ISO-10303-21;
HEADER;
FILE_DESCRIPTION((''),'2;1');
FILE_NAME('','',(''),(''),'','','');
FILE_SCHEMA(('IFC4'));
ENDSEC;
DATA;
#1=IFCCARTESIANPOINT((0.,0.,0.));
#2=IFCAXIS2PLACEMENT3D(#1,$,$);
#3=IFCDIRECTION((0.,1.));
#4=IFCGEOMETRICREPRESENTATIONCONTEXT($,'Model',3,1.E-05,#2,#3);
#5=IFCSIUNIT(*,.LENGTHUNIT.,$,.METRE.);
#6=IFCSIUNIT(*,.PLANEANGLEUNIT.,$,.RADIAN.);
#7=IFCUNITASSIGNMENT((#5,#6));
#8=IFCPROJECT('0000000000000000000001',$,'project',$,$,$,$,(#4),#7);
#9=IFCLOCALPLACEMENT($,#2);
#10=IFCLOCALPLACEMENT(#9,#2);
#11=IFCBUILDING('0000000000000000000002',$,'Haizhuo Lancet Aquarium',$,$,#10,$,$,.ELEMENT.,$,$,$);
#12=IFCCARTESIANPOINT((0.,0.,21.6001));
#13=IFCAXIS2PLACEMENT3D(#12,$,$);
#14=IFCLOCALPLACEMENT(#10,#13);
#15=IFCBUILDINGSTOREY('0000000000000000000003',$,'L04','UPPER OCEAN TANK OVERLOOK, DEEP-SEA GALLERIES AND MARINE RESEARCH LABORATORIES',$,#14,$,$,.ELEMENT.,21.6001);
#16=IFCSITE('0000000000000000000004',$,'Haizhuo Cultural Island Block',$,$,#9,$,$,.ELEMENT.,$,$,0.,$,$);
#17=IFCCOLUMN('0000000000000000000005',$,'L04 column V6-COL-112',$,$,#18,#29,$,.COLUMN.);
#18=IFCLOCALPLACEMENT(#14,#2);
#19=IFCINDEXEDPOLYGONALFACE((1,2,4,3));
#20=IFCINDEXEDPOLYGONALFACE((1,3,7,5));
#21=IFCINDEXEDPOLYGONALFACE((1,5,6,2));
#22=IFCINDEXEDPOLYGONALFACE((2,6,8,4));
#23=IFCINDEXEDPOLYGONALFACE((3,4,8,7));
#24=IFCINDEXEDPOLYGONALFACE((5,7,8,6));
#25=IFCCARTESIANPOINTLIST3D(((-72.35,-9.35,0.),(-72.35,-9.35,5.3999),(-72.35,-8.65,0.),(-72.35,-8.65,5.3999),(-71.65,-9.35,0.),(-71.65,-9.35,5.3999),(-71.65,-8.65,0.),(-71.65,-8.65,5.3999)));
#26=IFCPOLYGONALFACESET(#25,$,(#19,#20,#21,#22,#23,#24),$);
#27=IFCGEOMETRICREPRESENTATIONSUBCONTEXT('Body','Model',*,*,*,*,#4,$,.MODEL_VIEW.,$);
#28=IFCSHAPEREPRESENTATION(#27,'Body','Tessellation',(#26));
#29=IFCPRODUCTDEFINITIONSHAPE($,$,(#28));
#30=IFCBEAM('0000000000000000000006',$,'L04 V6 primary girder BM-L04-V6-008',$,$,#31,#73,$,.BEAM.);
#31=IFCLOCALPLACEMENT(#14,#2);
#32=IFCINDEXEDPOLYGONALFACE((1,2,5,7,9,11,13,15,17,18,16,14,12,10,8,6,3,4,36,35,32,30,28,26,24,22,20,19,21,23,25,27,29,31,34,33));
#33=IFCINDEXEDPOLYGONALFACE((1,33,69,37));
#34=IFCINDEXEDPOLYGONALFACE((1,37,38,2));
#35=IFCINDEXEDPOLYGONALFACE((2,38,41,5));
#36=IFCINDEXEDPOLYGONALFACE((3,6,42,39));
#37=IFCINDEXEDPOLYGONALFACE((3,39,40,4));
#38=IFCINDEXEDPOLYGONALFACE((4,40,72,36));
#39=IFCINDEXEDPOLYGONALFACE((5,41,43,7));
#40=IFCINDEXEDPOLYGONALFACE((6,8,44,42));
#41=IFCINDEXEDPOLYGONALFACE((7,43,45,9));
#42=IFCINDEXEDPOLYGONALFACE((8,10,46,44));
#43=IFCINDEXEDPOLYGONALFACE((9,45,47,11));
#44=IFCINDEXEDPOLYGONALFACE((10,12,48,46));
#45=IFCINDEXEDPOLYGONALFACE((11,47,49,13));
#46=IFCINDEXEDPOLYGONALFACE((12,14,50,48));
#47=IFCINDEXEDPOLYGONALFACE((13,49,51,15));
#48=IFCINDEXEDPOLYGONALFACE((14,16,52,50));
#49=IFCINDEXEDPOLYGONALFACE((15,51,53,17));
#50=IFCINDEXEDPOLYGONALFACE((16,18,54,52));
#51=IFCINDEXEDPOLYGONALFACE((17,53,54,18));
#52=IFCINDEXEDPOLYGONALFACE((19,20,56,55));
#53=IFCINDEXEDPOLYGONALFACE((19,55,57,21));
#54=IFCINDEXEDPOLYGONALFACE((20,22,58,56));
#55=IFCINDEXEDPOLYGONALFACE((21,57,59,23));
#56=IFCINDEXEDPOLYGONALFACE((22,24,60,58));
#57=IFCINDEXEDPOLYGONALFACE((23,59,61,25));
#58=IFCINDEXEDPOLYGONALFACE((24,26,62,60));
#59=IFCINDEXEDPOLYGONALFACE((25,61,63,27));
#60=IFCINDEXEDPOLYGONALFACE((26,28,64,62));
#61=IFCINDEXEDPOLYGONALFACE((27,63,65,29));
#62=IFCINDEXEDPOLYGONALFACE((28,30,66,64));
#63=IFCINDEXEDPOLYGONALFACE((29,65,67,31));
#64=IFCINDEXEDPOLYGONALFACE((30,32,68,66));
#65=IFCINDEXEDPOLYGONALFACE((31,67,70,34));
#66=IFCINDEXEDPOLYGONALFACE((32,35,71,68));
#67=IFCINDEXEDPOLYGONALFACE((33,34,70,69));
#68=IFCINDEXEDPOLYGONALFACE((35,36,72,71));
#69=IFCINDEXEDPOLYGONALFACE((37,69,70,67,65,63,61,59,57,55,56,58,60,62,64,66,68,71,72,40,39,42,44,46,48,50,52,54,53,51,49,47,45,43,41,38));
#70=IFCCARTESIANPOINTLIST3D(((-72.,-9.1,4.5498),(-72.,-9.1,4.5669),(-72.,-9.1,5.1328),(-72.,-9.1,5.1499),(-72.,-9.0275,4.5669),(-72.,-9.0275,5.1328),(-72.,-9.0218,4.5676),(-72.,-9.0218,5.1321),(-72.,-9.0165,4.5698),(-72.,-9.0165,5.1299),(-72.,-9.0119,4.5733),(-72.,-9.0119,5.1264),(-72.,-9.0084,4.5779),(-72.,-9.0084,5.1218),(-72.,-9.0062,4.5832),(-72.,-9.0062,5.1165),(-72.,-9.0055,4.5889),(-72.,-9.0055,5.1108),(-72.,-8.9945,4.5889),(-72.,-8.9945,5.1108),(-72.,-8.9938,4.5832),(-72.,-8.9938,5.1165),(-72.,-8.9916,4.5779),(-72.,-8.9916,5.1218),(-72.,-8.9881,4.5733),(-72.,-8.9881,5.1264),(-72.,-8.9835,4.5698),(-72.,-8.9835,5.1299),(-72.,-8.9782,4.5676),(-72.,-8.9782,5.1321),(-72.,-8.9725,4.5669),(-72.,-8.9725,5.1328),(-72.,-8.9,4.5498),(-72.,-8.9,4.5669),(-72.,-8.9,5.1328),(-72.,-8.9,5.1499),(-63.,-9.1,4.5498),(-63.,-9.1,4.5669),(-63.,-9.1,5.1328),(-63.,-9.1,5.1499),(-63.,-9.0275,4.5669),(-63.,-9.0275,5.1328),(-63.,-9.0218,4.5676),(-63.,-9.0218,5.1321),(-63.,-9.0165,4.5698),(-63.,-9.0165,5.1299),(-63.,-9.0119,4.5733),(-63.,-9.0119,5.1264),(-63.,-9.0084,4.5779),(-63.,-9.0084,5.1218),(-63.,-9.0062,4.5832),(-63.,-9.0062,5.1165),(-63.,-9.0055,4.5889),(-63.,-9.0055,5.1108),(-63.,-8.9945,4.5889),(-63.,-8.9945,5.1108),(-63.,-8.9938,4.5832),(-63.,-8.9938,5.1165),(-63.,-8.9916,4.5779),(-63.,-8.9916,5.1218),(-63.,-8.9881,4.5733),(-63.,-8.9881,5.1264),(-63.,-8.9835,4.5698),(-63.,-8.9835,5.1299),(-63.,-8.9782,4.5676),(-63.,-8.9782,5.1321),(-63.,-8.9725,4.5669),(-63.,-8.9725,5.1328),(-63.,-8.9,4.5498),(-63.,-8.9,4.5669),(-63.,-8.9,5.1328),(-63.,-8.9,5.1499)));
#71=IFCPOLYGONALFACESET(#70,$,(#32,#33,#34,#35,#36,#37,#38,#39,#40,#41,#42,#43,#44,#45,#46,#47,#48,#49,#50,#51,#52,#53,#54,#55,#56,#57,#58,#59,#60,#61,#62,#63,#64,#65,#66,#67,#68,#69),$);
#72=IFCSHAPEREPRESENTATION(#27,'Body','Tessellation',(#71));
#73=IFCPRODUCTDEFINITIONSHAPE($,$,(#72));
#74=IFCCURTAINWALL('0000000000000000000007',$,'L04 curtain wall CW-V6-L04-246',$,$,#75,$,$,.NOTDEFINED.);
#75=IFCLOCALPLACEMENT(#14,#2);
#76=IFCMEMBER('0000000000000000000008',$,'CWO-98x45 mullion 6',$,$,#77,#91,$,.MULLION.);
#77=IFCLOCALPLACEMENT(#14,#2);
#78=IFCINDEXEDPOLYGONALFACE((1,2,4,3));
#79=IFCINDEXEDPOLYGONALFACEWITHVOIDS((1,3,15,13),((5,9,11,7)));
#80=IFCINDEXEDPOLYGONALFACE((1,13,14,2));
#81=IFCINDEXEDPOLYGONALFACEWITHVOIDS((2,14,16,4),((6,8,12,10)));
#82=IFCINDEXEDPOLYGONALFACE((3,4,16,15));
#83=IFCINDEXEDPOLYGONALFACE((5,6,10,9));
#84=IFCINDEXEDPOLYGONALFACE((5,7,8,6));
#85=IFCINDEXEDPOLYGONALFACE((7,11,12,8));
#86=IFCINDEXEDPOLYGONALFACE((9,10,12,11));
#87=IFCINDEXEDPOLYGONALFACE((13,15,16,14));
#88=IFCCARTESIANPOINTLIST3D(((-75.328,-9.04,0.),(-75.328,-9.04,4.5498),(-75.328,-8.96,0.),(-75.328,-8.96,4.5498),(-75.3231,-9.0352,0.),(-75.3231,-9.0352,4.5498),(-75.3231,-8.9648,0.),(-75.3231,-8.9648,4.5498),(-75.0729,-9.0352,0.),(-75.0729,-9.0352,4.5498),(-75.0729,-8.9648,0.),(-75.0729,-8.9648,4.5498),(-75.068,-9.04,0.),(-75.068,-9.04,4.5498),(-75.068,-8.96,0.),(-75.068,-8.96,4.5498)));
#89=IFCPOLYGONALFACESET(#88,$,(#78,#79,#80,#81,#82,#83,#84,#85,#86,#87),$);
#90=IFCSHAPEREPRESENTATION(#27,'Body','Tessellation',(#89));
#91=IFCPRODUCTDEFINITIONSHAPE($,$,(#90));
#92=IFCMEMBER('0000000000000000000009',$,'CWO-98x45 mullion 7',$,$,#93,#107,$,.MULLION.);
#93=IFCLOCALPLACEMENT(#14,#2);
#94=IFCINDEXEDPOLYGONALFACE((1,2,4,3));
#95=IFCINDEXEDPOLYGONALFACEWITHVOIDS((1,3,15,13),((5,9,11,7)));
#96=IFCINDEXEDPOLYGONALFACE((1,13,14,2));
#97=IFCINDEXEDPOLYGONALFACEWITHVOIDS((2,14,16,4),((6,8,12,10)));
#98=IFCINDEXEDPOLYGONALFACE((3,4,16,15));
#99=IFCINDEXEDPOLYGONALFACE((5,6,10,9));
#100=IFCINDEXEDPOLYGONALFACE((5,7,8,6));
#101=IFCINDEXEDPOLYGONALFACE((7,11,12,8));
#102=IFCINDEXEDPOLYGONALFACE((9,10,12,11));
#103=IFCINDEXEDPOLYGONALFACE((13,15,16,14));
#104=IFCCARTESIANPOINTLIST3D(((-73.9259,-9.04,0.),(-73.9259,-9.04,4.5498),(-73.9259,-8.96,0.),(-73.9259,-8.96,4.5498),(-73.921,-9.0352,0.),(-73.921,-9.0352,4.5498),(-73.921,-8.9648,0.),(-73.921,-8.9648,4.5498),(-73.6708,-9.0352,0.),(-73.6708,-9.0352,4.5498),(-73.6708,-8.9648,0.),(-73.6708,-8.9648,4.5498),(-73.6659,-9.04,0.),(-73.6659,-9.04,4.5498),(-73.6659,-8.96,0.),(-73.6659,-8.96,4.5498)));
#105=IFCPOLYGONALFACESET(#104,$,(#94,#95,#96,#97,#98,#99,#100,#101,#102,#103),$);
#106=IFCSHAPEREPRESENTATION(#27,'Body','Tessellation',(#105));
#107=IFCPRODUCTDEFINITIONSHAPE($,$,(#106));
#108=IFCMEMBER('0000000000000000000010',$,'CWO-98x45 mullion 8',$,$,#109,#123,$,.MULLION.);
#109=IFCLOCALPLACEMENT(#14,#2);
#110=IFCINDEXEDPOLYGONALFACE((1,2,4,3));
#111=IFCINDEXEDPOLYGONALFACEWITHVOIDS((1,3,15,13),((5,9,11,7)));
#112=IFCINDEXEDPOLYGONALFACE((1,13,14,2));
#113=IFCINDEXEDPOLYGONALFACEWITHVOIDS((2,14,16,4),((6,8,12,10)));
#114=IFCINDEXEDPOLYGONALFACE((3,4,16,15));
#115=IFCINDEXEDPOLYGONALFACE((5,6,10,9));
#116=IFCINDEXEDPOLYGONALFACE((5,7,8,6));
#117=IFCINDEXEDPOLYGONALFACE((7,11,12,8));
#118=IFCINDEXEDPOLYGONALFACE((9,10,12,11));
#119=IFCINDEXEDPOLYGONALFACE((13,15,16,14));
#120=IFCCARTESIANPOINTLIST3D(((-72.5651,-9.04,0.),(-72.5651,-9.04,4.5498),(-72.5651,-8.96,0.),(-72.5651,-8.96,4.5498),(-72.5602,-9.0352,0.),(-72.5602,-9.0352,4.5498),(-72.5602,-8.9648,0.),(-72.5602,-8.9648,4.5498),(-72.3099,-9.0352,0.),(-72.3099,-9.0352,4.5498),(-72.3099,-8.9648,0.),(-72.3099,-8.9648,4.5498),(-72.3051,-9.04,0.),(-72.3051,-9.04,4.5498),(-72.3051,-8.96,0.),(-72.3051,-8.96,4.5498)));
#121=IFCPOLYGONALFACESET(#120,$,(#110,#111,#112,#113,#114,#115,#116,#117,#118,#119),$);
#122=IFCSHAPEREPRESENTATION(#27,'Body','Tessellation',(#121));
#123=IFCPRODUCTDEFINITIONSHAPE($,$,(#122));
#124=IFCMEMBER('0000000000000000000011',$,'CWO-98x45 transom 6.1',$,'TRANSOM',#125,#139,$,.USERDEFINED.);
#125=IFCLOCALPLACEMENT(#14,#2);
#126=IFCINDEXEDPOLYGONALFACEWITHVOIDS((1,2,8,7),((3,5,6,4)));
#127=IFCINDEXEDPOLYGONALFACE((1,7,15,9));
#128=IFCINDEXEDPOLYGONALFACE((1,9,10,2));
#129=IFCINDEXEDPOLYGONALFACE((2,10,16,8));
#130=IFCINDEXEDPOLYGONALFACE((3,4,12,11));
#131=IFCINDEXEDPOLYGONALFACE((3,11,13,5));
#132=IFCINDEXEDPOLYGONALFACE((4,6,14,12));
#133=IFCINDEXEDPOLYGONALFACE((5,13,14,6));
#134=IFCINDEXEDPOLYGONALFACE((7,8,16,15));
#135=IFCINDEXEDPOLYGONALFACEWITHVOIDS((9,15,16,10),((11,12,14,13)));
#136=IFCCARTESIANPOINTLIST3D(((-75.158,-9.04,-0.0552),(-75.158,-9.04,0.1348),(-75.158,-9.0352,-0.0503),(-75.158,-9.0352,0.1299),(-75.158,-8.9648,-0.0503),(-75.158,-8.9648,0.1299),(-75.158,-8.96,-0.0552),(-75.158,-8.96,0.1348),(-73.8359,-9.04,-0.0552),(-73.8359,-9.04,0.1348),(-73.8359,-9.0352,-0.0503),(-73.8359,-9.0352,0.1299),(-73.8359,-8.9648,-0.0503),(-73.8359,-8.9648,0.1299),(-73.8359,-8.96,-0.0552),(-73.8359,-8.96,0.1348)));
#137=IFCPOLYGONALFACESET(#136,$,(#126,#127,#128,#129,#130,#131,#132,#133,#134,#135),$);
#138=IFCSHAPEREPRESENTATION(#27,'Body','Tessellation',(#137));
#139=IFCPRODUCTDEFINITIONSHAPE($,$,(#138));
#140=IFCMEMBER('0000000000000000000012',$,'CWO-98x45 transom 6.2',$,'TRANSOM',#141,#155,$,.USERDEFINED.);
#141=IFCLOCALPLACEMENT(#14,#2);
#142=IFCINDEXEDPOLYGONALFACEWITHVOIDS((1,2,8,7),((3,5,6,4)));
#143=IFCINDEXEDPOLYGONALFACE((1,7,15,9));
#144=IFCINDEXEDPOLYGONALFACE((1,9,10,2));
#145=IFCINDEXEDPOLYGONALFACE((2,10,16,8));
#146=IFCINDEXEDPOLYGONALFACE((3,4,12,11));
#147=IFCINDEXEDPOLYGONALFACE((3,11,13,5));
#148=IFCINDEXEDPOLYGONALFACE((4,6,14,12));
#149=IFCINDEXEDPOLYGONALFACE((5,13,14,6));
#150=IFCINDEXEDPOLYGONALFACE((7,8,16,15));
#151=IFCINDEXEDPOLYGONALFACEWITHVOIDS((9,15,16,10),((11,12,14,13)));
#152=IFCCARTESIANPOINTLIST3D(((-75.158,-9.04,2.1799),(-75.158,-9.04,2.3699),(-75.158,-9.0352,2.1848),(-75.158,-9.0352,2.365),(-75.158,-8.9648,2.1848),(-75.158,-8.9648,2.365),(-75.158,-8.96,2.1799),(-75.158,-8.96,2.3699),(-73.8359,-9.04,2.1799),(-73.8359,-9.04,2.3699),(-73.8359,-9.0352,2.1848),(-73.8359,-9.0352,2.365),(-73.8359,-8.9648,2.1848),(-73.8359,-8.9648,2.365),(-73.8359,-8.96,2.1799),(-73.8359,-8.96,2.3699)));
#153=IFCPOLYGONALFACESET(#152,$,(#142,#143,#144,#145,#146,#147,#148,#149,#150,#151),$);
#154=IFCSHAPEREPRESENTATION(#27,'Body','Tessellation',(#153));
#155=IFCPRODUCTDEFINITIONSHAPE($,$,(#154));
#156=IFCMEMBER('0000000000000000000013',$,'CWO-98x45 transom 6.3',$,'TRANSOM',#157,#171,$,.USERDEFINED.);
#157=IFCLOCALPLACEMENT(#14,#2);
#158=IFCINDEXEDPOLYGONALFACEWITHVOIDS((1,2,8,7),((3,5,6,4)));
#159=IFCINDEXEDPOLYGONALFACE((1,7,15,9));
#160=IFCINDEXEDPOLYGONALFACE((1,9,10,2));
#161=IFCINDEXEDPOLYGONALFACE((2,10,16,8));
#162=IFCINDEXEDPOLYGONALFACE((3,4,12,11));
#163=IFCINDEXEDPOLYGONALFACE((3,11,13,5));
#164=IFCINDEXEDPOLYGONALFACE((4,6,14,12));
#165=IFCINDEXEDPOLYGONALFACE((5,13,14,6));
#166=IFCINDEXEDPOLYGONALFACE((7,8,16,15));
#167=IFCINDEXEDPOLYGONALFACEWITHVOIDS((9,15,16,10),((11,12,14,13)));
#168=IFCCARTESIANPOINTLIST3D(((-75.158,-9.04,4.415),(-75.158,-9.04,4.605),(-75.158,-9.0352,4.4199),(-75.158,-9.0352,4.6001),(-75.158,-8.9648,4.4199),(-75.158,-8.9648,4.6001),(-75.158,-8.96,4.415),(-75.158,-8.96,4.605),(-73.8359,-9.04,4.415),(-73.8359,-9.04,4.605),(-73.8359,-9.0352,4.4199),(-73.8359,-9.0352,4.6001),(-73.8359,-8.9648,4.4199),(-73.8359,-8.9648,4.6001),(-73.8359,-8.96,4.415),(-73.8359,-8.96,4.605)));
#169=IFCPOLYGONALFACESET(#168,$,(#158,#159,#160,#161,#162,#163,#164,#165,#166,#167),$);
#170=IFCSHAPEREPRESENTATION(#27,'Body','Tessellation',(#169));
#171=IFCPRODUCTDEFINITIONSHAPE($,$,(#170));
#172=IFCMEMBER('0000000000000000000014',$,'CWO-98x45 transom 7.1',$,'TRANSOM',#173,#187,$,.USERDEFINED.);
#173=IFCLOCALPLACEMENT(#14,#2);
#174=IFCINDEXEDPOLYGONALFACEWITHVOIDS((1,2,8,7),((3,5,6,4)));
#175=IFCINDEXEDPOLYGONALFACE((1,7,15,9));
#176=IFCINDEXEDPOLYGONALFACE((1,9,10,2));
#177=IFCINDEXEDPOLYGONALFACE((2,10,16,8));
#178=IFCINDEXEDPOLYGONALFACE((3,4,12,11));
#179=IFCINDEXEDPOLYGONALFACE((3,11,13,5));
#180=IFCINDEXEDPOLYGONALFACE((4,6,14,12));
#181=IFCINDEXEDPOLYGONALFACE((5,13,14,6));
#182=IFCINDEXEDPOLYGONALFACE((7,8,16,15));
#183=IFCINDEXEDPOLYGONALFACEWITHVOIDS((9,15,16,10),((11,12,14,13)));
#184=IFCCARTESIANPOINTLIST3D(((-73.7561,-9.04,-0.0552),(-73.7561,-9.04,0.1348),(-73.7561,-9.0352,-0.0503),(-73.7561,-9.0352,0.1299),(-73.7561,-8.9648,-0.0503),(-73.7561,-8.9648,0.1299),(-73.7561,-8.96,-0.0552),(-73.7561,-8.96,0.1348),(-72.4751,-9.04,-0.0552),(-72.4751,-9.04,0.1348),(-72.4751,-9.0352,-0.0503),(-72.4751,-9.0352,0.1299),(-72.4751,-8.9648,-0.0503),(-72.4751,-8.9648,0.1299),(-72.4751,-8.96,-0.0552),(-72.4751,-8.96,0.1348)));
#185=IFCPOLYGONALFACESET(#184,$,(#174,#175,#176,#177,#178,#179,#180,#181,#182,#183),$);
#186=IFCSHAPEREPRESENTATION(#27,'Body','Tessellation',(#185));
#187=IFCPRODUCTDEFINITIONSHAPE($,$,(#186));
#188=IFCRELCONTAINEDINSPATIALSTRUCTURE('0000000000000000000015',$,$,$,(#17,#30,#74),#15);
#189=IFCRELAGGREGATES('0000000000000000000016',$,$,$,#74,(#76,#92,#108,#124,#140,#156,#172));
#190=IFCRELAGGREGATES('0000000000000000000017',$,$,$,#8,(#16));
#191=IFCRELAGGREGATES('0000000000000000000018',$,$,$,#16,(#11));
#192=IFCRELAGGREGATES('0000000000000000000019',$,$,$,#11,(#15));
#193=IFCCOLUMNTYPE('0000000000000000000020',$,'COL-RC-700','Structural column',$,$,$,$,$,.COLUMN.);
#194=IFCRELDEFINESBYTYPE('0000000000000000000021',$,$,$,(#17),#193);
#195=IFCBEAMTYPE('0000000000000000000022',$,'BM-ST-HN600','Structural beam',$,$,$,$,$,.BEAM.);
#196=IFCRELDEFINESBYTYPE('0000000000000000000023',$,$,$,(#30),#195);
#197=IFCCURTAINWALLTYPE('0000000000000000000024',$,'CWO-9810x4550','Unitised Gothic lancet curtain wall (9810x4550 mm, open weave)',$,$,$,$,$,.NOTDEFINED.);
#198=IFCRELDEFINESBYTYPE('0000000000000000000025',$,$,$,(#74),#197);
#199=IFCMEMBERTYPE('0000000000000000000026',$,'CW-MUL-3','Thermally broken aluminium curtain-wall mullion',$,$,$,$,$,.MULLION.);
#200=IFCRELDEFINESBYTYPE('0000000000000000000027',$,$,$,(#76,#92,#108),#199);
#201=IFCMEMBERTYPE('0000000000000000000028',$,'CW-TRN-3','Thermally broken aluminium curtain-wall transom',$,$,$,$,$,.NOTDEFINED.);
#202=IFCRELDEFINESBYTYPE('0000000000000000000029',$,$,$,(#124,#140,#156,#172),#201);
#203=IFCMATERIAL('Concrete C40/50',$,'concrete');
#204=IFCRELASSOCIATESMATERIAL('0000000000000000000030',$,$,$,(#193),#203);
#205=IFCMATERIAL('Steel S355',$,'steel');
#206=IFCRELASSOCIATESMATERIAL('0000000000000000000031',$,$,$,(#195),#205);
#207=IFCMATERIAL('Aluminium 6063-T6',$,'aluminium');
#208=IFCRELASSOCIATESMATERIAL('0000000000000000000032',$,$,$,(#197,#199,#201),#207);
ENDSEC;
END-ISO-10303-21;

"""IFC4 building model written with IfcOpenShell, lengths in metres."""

from ifc_helpers import new_model, si_unit, direction, frame, origin, origin_2d, place, context, subcontext, project, spatial, rectangle, hollow_rectangle, i_section, extrude, material, material_profile, profile_set, type_object, element, aggregate, save


model = new_model("IFC4")

# Units and contexts
model_context = context("Model", 3, precision=1e-05, world=origin(), true_north=direction((0.0, 1.0)))
body_context = subcontext(model_context, "Body", "Model", "MODEL_VIEW")
ifc_project = project(units=[si_unit("LENGTHUNIT", "METRE"), si_unit("PLANEANGLEUNIT", "RADIAN")], contexts=[model_context])

# Site, building, storey
site_placement = place(None, origin())
site = spatial("IfcSite", under=ifc_project, at=site_placement, Name="Haizhuo Cultural Island Block", CompositionType="ELEMENT", RefElevation=0.0)
building_placement = place(site_placement, origin())
building = spatial("IfcBuilding", under=site, at=building_placement, Name="Haizhuo Lancet Aquarium", CompositionType="ELEMENT")
storey_placement = place(building_placement, frame((0.0, 0.0, 21.6001)))
storey = spatial("IfcBuildingStorey", under=building, at=storey_placement, Name="L04", Description="UPPER OCEAN TANK OVERLOOK, DEEP-SEA GALLERIES AND MARINE RESEARCH LABORATORIES", CompositionType="ELEMENT", Elevation=21.6001)

# Column
ifc_material_1 = material(Name="Concrete C40/50", Category="concrete")
ifc_material_profile_1 = material_profile(ifc_material_1, rectangle(XDim=0.7, YDim=0.7, at=origin_2d()), Name="RC-COL 700x700")
ifc_profile_set_1 = profile_set([ifc_material_profile_1], Name="Concrete C40/50")
column_type = type_object("IfcColumnType", Name="COL-RC-700", Description="Structural column", PredefinedType="COLUMN", material=ifc_profile_set_1)
column_placement = place(storey_placement, frame((-72.0, -9.0, 0.0), z_axis=(0.0, 0.0, 1.0), x_axis=(1.0, 0.0, 0.0)))
element("IfcColumn", 1, at=column_placement, inside=storey, type_object=column_type, Name="L04 column V6-COL-112", PredefinedType="COLUMN", context=body_context, shape_type="SweptSolid", body=[
    extrude(rectangle(XDim=0.7, YDim=0.7, at=origin_2d()), origin(), (0.0, 0.0, 1.0), 5.3999),
])

# Beam
ifc_material_2 = material(Name="Steel S355", Category="steel")
ifc_material_profile_2 = material_profile(ifc_material_2, i_section(OverallWidth=0.2, OverallDepth=0.6001, WebThickness=0.011, FlangeThickness=0.0171, FilletRadius=0.022, at=origin_2d()), Name="HN 600x200x11x17")
ifc_profile_set_2 = profile_set([ifc_material_profile_2], Name="Steel S355")
beam_type = type_object("IfcBeamType", Name="BM-ST-HN600", Description="Structural beam", PredefinedType="BEAM", material=ifc_profile_set_2)
beam_placement = place(storey_placement, frame((-72.0, -9.0, 4.8499), z_axis=(1.0, 0.0, 0.0), x_axis=(0.0, 1.0, 0.0)))
element("IfcBeam", 2, at=beam_placement, inside=storey, type_object=beam_type, Name="L04 V6 primary girder BM-L04-V6-008", PredefinedType="BEAM", context=body_context, shape_type="SweptSolid", body=[
    extrude(i_section(OverallWidth=0.2, OverallDepth=0.6001, WebThickness=0.011, FlangeThickness=0.0171, FilletRadius=0.022, at=origin_2d()), origin(), (0.0, 0.0, 1.0), 9.0),
])

# Curtain wall, members
ifc_material_3 = material(Name="Aluminium 6063-T6", Category="aluminium")
curtain_wall_type = type_object("IfcCurtainWallType", Name="CWO-9810x4550", Description="Unitised Gothic lancet curtain wall (9810x4550 mm, open weave)", PredefinedType="NOTDEFINED", material=ifc_material_3)
curtain_wall_placement = place(storey_placement, origin())
curtain_wall = element("IfcCurtainWall", 3, at=curtain_wall_placement, inside=storey, type_object=curtain_wall_type, Name="L04 curtain wall CW-V6-L04-246", PredefinedType="NOTDEFINED")
ifc_material_profile_3 = material_profile(ifc_material_3, hollow_rectangle(XDim=0.0801, YDim=0.26, WallThickness=0.0049, at=origin_2d()), Name="ALU-M 80x260x5")
ifc_profile_set_3 = profile_set([ifc_material_profile_3], Name="Aluminium 6063-T6")
member_type_1 = type_object("IfcMemberType", Name="CW-MUL-3", Description="Thermally broken aluminium curtain-wall mullion", PredefinedType="MULLION", material=ifc_profile_set_3)
member_1_placement = place(storey_placement, frame((-75.198, -9.0, 0.0), z_axis=(0.0, 0.0, 1.0), x_axis=(0.0, 1.0, 0.0)))
member_1 = element("IfcMember", 4, at=member_1_placement, type_object=member_type_1, Name="CWO-98x45 mullion 6", PredefinedType="MULLION", context=body_context, shape_type="SweptSolid", body=[
    extrude(hollow_rectangle(XDim=0.0801, YDim=0.26, WallThickness=0.0049, at=origin_2d()), origin(), (0.0, 0.0, 1.0), 4.5498),
])
member_2_placement = place(storey_placement, frame((-73.7959, -9.0, 0.0), z_axis=(0.0, 0.0, 1.0), x_axis=(0.0, 1.0, 0.0)))
member_2 = element("IfcMember", 5, at=member_2_placement, type_object=member_type_1, Name="CWO-98x45 mullion 7", PredefinedType="MULLION", context=body_context, shape_type="SweptSolid", body=[
    extrude(hollow_rectangle(XDim=0.0801, YDim=0.26, WallThickness=0.0049, at=origin_2d()), origin(), (0.0, 0.0, 1.0), 4.5498),
])
member_3_placement = place(storey_placement, frame((-72.4351, -9.0, 0.0), z_axis=(0.0, 0.0, 1.0), x_axis=(0.0, 1.0, 0.0)))
member_3 = element("IfcMember", 6, at=member_3_placement, type_object=member_type_1, Name="CWO-98x45 mullion 8", PredefinedType="MULLION", context=body_context, shape_type="SweptSolid", body=[
    extrude(hollow_rectangle(XDim=0.0801, YDim=0.26, WallThickness=0.0049, at=origin_2d()), origin(), (0.0, 0.0, 1.0), 4.5498),
])
ifc_material_profile_4 = material_profile(ifc_material_3, hollow_rectangle(XDim=0.0801, YDim=0.1899, WallThickness=0.0049, at=origin_2d()), Name="ALU-T 80x190x5")
ifc_profile_set_4 = profile_set([ifc_material_profile_4], Name="Aluminium 6063-T6")
member_type_2 = type_object("IfcMemberType", Name="CW-TRN-3", Description="Thermally broken aluminium curtain-wall transom", PredefinedType="NOTDEFINED", material=ifc_profile_set_4)
member_4_placement = place(storey_placement, frame((-75.158, -9.0, 0.0398), z_axis=(1.0, 0.0, 0.0), x_axis=(0.0, 1.0, 0.0)))
member_4 = element("IfcMember", 7, at=member_4_placement, type_object=member_type_2, Name="CWO-98x45 transom 6.1", ObjectType="TRANSOM", PredefinedType="USERDEFINED", context=body_context, shape_type="SweptSolid", body=[
    extrude(hollow_rectangle(XDim=0.0801, YDim=0.1899, WallThickness=0.0049, at=origin_2d()), origin(), (0.0, 0.0, 1.0), 1.322),
])
member_5_placement = place(storey_placement, frame((-75.158, -9.0, 2.2749), z_axis=(1.0, 0.0, 0.0), x_axis=(0.0, 1.0, 0.0)))
member_5 = element("IfcMember", 8, at=member_5_placement, type_object=member_type_2, Name="CWO-98x45 transom 6.2", ObjectType="TRANSOM", PredefinedType="USERDEFINED", context=body_context, shape_type="SweptSolid", body=[
    extrude(hollow_rectangle(XDim=0.0801, YDim=0.1899, WallThickness=0.0049, at=origin_2d()), origin(), (0.0, 0.0, 1.0), 1.322),
])
member_6_placement = place(storey_placement, frame((-75.158, -9.0, 4.51), z_axis=(1.0, 0.0, 0.0), x_axis=(0.0, 1.0, 0.0)))
member_6 = element("IfcMember", 9, at=member_6_placement, type_object=member_type_2, Name="CWO-98x45 transom 6.3", ObjectType="TRANSOM", PredefinedType="USERDEFINED", context=body_context, shape_type="SweptSolid", body=[
    extrude(hollow_rectangle(XDim=0.0801, YDim=0.1899, WallThickness=0.0049, at=origin_2d()), origin(), (0.0, 0.0, 1.0), 1.322),
])
member_7_placement = place(storey_placement, frame((-73.7561, -9.0, 0.0398), z_axis=(1.0, 0.0, 0.0), x_axis=(0.0, 1.0, 0.0)))
member_7 = element("IfcMember", 10, at=member_7_placement, type_object=member_type_2, Name="CWO-98x45 transom 7.1", ObjectType="TRANSOM", PredefinedType="USERDEFINED", context=body_context, shape_type="SweptSolid", body=[
    extrude(hollow_rectangle(XDim=0.0801, YDim=0.1899, WallThickness=0.0049, at=origin_2d()), origin(), (0.0, 0.0, 1.0), 1.281),
])

aggregate(curtain_wall, [member_1, member_2, member_3, member_4, member_5, member_6, member_7])

save(model, "model.ifc")
